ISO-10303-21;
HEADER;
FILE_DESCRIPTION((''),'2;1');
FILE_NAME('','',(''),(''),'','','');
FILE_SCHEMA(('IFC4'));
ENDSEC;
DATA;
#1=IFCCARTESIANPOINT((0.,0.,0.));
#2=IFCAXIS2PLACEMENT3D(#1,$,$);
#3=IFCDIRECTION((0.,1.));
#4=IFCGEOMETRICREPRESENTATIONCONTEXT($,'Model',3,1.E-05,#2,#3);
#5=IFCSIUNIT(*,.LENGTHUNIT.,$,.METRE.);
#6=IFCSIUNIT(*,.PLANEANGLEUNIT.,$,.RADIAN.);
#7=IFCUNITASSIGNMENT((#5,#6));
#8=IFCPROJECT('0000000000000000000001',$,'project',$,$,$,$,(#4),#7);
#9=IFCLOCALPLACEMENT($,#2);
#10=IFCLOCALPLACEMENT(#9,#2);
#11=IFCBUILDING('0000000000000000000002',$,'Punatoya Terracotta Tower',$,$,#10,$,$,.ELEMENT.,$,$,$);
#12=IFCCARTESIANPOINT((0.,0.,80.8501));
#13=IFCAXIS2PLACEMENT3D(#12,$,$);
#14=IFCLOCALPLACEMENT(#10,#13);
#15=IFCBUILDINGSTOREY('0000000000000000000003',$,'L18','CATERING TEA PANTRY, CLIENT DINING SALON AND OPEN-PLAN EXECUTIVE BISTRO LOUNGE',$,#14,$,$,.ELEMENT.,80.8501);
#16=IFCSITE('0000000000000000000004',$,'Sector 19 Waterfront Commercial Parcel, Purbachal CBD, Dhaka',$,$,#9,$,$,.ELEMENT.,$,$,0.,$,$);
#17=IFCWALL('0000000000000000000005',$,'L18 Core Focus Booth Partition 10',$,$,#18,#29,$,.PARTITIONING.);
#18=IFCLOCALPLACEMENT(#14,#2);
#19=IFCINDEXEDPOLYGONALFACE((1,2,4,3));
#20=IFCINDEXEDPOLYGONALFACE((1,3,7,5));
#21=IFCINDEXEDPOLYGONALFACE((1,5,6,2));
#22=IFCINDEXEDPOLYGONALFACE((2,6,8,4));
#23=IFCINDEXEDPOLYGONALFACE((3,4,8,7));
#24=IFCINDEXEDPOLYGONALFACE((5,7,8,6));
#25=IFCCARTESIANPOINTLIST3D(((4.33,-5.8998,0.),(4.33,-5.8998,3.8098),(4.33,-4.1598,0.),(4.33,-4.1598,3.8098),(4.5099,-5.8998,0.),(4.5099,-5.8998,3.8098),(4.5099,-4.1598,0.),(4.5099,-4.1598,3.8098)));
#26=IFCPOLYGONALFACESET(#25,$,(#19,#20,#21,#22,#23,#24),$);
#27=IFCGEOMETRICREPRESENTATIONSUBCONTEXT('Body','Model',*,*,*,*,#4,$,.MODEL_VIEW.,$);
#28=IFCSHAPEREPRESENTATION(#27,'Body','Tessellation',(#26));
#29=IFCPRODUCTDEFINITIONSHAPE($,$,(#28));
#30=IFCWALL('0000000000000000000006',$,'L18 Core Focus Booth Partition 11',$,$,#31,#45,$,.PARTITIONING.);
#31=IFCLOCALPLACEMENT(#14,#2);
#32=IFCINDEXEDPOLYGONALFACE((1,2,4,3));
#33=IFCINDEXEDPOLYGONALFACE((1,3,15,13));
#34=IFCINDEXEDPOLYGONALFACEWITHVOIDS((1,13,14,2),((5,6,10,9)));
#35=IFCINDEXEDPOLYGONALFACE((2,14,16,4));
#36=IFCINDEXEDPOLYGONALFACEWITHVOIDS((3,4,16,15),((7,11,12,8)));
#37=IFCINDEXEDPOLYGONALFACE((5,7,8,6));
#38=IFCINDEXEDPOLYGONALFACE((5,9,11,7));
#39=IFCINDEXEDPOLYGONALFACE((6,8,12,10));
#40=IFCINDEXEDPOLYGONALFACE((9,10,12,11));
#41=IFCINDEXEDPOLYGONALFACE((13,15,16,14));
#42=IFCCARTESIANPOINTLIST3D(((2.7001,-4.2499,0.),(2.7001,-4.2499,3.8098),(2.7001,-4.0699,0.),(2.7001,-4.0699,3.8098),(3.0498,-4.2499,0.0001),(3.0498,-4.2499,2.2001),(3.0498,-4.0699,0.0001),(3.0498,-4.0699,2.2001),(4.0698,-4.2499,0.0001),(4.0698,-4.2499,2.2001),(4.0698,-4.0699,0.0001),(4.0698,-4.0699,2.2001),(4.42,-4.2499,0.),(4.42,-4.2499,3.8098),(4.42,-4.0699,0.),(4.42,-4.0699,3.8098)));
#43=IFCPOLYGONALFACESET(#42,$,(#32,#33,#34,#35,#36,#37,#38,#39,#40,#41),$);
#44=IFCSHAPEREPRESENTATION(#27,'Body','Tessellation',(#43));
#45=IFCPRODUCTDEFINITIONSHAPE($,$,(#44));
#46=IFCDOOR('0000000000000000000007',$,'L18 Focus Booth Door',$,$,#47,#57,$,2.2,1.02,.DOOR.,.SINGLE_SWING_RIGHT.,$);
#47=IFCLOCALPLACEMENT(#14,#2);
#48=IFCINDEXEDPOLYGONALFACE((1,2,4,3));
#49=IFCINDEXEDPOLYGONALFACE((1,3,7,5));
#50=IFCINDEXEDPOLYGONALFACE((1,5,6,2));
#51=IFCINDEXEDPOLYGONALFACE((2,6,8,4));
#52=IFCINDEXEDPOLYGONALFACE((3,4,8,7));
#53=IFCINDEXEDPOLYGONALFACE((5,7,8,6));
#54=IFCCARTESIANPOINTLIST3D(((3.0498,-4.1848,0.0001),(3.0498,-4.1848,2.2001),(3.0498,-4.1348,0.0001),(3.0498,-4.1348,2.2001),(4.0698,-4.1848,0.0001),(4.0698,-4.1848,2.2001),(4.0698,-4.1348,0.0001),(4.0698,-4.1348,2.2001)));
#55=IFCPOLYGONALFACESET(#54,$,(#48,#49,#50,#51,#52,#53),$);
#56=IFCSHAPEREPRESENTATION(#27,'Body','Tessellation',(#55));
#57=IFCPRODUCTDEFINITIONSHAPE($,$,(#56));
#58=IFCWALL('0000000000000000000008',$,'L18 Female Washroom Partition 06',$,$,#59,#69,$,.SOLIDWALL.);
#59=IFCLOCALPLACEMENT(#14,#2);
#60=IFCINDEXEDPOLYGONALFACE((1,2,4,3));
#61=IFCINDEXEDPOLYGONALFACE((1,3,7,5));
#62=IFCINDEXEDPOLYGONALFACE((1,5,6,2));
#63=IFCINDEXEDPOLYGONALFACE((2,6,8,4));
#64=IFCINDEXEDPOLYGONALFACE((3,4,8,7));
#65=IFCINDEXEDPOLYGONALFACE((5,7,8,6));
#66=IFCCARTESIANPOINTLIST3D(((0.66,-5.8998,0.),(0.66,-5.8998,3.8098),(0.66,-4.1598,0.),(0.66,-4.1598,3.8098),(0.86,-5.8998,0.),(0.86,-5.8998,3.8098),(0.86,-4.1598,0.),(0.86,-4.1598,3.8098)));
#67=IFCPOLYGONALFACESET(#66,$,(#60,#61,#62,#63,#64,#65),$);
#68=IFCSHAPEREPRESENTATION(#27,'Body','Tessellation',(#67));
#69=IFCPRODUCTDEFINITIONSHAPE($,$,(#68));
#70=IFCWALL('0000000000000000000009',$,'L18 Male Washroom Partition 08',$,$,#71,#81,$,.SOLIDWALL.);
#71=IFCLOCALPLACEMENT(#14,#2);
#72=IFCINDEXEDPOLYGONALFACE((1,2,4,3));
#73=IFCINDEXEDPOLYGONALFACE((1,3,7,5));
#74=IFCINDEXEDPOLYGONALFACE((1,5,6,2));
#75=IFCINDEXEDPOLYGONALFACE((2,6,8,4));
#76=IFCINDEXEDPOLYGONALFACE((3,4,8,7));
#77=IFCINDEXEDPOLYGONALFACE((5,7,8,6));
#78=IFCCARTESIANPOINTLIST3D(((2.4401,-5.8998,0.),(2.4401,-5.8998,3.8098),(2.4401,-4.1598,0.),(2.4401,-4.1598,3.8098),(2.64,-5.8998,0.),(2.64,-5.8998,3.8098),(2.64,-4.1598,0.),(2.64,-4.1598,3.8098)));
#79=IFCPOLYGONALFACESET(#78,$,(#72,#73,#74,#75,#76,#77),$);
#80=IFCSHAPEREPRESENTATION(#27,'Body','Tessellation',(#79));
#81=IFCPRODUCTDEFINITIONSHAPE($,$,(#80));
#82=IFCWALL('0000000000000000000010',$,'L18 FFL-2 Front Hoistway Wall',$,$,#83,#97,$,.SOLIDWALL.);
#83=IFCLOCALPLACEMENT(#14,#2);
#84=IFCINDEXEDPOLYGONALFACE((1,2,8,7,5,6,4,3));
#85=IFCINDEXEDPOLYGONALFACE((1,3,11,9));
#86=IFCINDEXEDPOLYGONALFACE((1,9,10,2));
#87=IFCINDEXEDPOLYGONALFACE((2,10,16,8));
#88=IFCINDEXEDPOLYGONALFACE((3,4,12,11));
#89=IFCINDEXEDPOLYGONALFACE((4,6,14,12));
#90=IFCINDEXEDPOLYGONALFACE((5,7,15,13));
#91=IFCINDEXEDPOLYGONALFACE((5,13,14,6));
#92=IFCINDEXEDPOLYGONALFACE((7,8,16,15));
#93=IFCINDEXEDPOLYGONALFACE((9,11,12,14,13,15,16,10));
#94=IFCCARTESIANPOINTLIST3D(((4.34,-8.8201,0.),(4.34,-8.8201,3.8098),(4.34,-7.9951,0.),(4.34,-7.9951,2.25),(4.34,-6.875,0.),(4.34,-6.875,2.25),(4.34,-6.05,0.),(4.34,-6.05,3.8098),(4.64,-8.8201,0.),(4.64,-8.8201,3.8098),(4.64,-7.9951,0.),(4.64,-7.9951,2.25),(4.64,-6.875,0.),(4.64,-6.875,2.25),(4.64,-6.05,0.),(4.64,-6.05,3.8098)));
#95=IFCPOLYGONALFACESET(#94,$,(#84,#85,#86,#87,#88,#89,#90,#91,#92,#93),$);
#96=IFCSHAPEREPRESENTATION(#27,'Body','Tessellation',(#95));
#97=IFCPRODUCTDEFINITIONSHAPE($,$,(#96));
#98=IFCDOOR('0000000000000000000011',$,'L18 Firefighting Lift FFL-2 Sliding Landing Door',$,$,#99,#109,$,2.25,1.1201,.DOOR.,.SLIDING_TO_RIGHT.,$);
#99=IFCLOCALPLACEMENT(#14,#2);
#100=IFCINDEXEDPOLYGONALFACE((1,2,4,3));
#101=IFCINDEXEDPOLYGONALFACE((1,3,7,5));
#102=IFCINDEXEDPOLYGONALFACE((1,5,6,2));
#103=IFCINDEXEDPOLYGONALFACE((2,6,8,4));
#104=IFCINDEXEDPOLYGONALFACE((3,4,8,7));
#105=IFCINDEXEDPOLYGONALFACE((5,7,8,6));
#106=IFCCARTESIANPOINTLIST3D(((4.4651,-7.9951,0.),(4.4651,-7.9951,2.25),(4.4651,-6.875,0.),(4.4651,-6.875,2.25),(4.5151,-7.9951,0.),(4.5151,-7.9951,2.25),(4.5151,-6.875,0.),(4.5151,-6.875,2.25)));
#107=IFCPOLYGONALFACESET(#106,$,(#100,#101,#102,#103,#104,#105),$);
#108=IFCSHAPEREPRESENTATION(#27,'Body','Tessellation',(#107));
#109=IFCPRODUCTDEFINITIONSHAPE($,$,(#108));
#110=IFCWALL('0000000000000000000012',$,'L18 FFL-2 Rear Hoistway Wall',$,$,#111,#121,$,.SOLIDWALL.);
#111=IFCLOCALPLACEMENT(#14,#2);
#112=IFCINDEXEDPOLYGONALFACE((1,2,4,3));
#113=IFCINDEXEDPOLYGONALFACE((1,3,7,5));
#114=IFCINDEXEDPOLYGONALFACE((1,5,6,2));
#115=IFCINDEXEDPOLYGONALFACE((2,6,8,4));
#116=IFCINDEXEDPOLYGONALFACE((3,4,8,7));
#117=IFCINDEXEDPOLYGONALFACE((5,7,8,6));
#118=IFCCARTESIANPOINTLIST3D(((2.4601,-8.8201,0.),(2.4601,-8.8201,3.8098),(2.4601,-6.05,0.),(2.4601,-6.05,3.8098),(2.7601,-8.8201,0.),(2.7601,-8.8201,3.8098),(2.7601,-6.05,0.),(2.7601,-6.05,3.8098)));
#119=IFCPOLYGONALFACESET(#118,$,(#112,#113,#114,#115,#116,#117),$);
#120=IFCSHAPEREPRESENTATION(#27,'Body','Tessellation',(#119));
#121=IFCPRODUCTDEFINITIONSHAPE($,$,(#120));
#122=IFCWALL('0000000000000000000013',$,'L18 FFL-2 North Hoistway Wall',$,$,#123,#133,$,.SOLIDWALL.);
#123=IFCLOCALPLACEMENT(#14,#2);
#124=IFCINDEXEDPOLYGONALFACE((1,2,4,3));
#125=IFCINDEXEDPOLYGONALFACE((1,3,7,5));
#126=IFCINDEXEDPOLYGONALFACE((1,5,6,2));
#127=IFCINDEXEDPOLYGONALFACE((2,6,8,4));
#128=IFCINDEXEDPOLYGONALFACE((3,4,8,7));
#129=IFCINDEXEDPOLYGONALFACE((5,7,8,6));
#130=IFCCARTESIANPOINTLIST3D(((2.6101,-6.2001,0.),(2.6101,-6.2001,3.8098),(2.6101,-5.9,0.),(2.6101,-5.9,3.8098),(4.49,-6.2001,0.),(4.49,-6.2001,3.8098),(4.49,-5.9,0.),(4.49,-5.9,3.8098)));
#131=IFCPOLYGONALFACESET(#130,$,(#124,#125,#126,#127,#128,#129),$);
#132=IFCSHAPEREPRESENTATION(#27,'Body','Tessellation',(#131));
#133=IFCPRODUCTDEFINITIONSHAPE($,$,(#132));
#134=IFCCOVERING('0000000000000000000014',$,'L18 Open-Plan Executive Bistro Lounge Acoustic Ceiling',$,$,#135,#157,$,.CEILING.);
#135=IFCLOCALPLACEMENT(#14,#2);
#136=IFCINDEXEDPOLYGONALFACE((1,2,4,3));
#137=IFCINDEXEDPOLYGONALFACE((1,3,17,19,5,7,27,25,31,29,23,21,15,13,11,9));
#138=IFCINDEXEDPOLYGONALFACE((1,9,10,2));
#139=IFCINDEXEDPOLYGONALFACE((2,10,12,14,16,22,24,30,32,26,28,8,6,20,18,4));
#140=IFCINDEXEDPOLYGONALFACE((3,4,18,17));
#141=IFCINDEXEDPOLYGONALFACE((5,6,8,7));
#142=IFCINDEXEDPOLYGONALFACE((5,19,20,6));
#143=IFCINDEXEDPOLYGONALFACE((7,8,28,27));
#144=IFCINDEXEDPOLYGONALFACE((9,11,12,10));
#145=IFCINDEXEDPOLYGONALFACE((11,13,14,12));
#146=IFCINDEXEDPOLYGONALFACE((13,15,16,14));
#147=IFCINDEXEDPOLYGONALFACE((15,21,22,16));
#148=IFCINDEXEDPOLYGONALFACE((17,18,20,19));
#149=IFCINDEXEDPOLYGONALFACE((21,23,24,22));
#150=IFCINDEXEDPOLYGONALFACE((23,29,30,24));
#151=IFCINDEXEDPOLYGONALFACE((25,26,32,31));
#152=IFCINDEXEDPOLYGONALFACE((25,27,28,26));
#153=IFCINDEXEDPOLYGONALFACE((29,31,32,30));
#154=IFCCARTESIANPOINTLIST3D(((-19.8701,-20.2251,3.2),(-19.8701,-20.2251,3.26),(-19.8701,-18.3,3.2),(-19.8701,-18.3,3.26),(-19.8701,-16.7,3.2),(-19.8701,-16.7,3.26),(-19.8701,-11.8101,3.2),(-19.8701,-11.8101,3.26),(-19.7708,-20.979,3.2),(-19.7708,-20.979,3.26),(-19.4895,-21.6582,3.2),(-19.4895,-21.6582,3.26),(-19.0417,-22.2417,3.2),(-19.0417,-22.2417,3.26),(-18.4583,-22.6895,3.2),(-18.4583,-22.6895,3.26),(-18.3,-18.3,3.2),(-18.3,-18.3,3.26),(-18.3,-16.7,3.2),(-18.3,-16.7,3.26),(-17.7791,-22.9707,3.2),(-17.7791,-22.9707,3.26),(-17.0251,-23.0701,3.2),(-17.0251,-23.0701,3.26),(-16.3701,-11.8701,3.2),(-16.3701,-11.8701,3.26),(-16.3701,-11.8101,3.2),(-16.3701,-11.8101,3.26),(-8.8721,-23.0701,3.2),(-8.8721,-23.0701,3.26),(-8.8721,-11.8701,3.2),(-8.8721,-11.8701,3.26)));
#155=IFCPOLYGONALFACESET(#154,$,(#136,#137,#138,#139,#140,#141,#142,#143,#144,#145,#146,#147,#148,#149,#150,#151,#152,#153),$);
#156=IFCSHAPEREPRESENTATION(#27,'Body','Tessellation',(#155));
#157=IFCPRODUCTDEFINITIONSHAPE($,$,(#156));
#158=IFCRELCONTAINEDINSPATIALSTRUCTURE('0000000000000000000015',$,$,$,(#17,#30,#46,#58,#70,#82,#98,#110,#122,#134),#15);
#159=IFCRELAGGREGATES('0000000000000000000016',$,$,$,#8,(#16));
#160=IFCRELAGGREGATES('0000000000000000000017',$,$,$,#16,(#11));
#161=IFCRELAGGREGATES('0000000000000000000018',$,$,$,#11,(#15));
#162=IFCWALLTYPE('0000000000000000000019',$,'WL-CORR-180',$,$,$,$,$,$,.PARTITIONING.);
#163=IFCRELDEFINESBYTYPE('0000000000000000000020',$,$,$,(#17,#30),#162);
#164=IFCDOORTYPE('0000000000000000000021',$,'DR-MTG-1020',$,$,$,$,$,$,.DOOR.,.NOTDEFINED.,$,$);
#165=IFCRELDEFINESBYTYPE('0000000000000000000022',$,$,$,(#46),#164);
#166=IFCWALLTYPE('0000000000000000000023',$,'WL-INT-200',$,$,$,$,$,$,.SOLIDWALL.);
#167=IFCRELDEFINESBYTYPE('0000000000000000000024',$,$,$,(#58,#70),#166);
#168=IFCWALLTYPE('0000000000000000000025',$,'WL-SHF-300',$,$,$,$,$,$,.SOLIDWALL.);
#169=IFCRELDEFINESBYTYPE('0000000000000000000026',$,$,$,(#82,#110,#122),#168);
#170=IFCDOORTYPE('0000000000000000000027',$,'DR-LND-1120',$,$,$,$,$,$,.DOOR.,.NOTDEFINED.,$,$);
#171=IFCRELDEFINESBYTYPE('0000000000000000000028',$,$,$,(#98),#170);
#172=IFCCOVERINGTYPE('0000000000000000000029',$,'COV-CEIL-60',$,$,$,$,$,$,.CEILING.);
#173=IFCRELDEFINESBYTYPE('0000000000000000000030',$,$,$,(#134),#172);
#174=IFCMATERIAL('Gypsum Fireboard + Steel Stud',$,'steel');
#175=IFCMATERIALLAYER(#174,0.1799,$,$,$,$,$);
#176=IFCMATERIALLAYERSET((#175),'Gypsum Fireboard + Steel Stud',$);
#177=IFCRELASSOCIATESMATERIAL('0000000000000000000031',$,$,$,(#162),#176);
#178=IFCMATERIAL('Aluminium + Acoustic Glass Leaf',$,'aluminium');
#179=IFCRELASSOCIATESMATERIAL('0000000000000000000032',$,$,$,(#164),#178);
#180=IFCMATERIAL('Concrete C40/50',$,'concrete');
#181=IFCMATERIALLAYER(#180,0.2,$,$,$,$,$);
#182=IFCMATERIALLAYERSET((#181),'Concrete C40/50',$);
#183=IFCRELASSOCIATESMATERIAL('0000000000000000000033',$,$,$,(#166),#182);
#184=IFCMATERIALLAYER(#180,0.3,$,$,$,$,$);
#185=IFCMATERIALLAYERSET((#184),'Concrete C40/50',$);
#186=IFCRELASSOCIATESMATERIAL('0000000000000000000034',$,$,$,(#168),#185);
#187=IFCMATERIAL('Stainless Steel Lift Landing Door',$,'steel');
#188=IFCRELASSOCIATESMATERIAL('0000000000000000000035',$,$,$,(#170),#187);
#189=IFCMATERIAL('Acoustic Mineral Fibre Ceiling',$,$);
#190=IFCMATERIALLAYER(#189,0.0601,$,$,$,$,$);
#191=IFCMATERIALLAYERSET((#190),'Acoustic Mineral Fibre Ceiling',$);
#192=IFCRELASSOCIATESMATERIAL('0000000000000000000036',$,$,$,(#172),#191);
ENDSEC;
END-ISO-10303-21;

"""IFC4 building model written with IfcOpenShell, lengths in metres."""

from ifc_helpers import new_model, si_unit, direction, frame, frame_2d, origin, place, context, subcontext, project, spatial, polyline, rectangle, outline, extrude, material, layer, layer_set, type_object, element, fill, save


model = new_model("IFC4")

# Units and contexts
model_context = context("Model", 3, precision=1e-05, world=origin(), true_north=direction((0.0, 1.0)))
body_context = subcontext(model_context, "Body", "Model", "MODEL_VIEW")
ifc_project = project(units=[si_unit("LENGTHUNIT", "METRE"), si_unit("PLANEANGLEUNIT", "RADIAN")], contexts=[model_context])

# Site, building, storey
site_placement = place(None, origin())
site = spatial("IfcSite", under=ifc_project, at=site_placement, Name="Sector 19 Waterfront Commercial Parcel, Purbachal CBD, Dhaka", CompositionType="ELEMENT", RefElevation=0.0)
building_placement = place(site_placement, origin())
building = spatial("IfcBuilding", under=site, at=building_placement, Name="Punatoya Terracotta Tower", CompositionType="ELEMENT")
storey_placement = place(building_placement, frame((0.0, 0.0, 80.8501)))
storey = spatial("IfcBuildingStorey", under=building, at=storey_placement, Name="L18", Description="CATERING TEA PANTRY, CLIENT DINING SALON AND OPEN-PLAN EXECUTIVE BISTRO LOUNGE", CompositionType="ELEMENT", Elevation=80.8501)

# Wall
ifc_material_1 = material(Name="Gypsum Fireboard + Steel Stud", Category="steel")
ifc_layer_1 = layer(ifc_material_1, 0.1799)
ifc_layer_set_1 = layer_set([ifc_layer_1], Name="Gypsum Fireboard + Steel Stud")
wall_type_1 = type_object("IfcWallType", Name="WL-CORR-180", PredefinedType="PARTITIONING", material=ifc_layer_set_1)
wall_1_placement = place(storey_placement, frame((4.4199, -5.8999, 0.0), z_axis=(0.0, 0.0, 1.0), x_axis=(0.0, 1.0, 0.0)))
element("IfcWall", 1, at=wall_1_placement, inside=storey, type_object=wall_type_1, Name="L18 Core Focus Booth Partition 10", PredefinedType="PARTITIONING", context=body_context, shape_type="SweptSolid", body=[
    extrude(rectangle(XDim=1.74, YDim=0.1799, at=frame_2d((0.8701, 0.0))), origin(), (0.0, 0.0, 1.0), 3.8098),
])

# Wall, opening, door
wall_2_placement = place(storey_placement, frame((4.4199, -4.1599, 0.0), z_axis=(0.0, 0.0, 1.0), x_axis=(-1.0, 0.0, 0.0)))
wall_2 = element("IfcWall", 2, at=wall_2_placement, inside=storey, type_object=wall_type_1, Name="L18 Core Focus Booth Partition 11", PredefinedType="PARTITIONING", context=body_context, shape_type="SweptSolid", body=[
    extrude(rectangle(XDim=1.72, YDim=0.1799, at=frame_2d((0.8599, 0.0))), origin(), (0.0, 0.0, 1.0), 3.8098),
])
opening_1_placement = place(wall_2_placement, frame((0.3501, 0.0, 0.0)))
opening_1 = element("IfcOpeningElement", 3, at=opening_1_placement, cuts=wall_2, PredefinedType="OPENING", context=body_context, shape_type="SweptSolid", body=[
    extrude(rectangle(XDim=1.02, YDim=2.2, at=frame_2d((0.51, 1.1001))), frame((0.0, 0.0999, 0.0), z_axis=(0.0, -1.0, 0.0), x_axis=(1.0, 0.0, 0.0)), (0.0, 0.0, 1.0), 0.2),
])
ifc_material_2 = material(Name="Aluminium + Acoustic Glass Leaf", Category="aluminium")
door_type_1 = type_object("IfcDoorType", Name="DR-MTG-1020", OperationType="NOTDEFINED", PredefinedType="DOOR", material=ifc_material_2)
door_1_placement = place(opening_1_placement, origin())
door_1 = element("IfcDoor", 4, at=door_1_placement, inside=storey, type_object=door_type_1, Name="L18 Focus Booth Door", OperationType="SINGLE_SWING_RIGHT", OverallHeight=2.2, OverallWidth=1.02, PredefinedType="DOOR", context=body_context, shape_type="SweptSolid", body=[
    extrude(rectangle(XDim=1.02, YDim=2.2, at=frame_2d((0.51, 1.1001))), frame((0.0, 0.0249, 0.0), z_axis=(0.0, -1.0, 0.0), x_axis=(1.0, 0.0, 0.0)), (0.0, 0.0, 1.0), 0.05),
])
fill(opening_1, door_1)

# Wall
ifc_material_3 = material(Name="Concrete C40/50", Category="concrete")
ifc_layer_2 = layer(ifc_material_3, 0.2)
ifc_layer_set_2 = layer_set([ifc_layer_2], Name="Concrete C40/50")
wall_type_2 = type_object("IfcWallType", Name="WL-INT-200", PredefinedType="SOLIDWALL", material=ifc_layer_set_2)
wall_3_placement = place(storey_placement, frame((0.76, -5.8999, 0.0), z_axis=(0.0, 0.0, 1.0), x_axis=(0.0, 1.0, 0.0)))
element("IfcWall", 5, at=wall_3_placement, inside=storey, type_object=wall_type_2, Name="L18 Female Washroom Partition 06", PredefinedType="SOLIDWALL", context=body_context, shape_type="SweptSolid", body=[
    extrude(rectangle(XDim=1.74, YDim=0.2, at=frame_2d((0.8701, 0.0))), origin(), (0.0, 0.0, 1.0), 3.8098),
])

# Wall
wall_4_placement = place(storey_placement, frame((2.54, -5.8999, 0.0), z_axis=(0.0, 0.0, 1.0), x_axis=(0.0, 1.0, 0.0)))
element("IfcWall", 6, at=wall_4_placement, inside=storey, type_object=wall_type_2, Name="L18 Male Washroom Partition 08", PredefinedType="SOLIDWALL", context=body_context, shape_type="SweptSolid", body=[
    extrude(rectangle(XDim=1.74, YDim=0.2, at=frame_2d((0.8701, 0.0))), origin(), (0.0, 0.0, 1.0), 3.8098),
])

# Wall, opening, door
ifc_layer_3 = layer(ifc_material_3, 0.3)
ifc_layer_set_3 = layer_set([ifc_layer_3], Name="Concrete C40/50")
wall_type_3 = type_object("IfcWallType", Name="WL-SHF-300", PredefinedType="SOLIDWALL", material=ifc_layer_set_3)
wall_5_placement = place(storey_placement, frame((4.49, -8.8201, 0.0), z_axis=(0.0, 0.0, 1.0), x_axis=(0.0, 1.0, 0.0)))
wall_5 = element("IfcWall", 7, at=wall_5_placement, inside=storey, type_object=wall_type_3, Name="L18 FFL-2 Front Hoistway Wall", PredefinedType="SOLIDWALL", context=body_context, shape_type="SweptSolid", body=[
    extrude(rectangle(XDim=2.77, YDim=0.3, at=frame_2d((1.385, 0.0))), origin(), (0.0, 0.0, 1.0), 3.8098),
])
opening_2_placement = place(wall_5_placement, frame((0.825, 0.0, 0.0)))
opening_2 = element("IfcOpeningElement", 8, at=opening_2_placement, cuts=wall_5, PredefinedType="OPENING", context=body_context, shape_type="SweptSolid", body=[
    extrude(rectangle(XDim=1.1201, YDim=2.25, at=frame_2d((0.5601, 1.125))), frame((0.0, 0.1599, 0.0), z_axis=(0.0, -1.0, 0.0), x_axis=(1.0, 0.0, 0.0)), (0.0, 0.0, 1.0), 0.3201),
])
ifc_material_4 = material(Name="Stainless Steel Lift Landing Door", Category="steel")
door_type_2 = type_object("IfcDoorType", Name="DR-LND-1120", OperationType="NOTDEFINED", PredefinedType="DOOR", material=ifc_material_4)
door_2_placement = place(opening_2_placement, origin())
door_2 = element("IfcDoor", 9, at=door_2_placement, inside=storey, type_object=door_type_2, Name="L18 Firefighting Lift FFL-2 Sliding Landing Door", OperationType="SLIDING_TO_RIGHT", OverallHeight=2.25, OverallWidth=1.1201, PredefinedType="DOOR", context=body_context, shape_type="SweptSolid", body=[
    extrude(rectangle(XDim=1.1201, YDim=2.25, at=frame_2d((0.5601, 1.125))), frame((0.0, 0.0249, 0.0), z_axis=(0.0, -1.0, 0.0), x_axis=(1.0, 0.0, 0.0)), (0.0, 0.0, 1.0), 0.05),
])
fill(opening_2, door_2)

# Walls
wall_6_placement = place(storey_placement, frame((2.6101, -8.8201, 0.0), z_axis=(0.0, 0.0, 1.0), x_axis=(0.0, 1.0, 0.0)))
element("IfcWall", 10, at=wall_6_placement, inside=storey, type_object=wall_type_3, Name="L18 FFL-2 Rear Hoistway Wall", PredefinedType="SOLIDWALL", context=body_context, shape_type="SweptSolid", body=[
    extrude(rectangle(XDim=2.77, YDim=0.3, at=frame_2d((1.385, 0.0))), origin(), (0.0, 0.0, 1.0), 3.8098),
])
wall_7_placement = place(storey_placement, frame((2.6101, -6.05, 0.0), z_axis=(0.0, 0.0, 1.0), x_axis=(1.0, 0.0, 0.0)))
element("IfcWall", 11, at=wall_7_placement, inside=storey, type_object=wall_type_3, Name="L18 FFL-2 North Hoistway Wall", PredefinedType="SOLIDWALL", context=body_context, shape_type="SweptSolid", body=[
    extrude(rectangle(XDim=1.8799, YDim=0.3, at=frame_2d((0.9399, 0.0))), origin(), (0.0, 0.0, 1.0), 3.8098),
])

# Covering
ifc_material_5 = material(Name="Acoustic Mineral Fibre Ceiling")
ifc_layer_4 = layer(ifc_material_5, 0.0601)
ifc_layer_set_4 = layer_set([ifc_layer_4], Name="Acoustic Mineral Fibre Ceiling")
covering_type = type_object("IfcCoveringType", Name="COV-CEIL-60", PredefinedType="CEILING", material=ifc_layer_set_4)
covering_1_placement = place(storey_placement, frame((0.0, 0.0, 3.2)))
element("IfcCovering", 12, at=covering_1_placement, inside=storey, type_object=covering_type, Name="L18 Open-Plan Executive Bistro Lounge Acoustic Ceiling", PredefinedType="CEILING", context=body_context, shape_type="SweptSolid", body=[
    extrude(outline(polyline([(-19.8701, -18.3), (-19.8701, -20.2251), (-19.7708, -20.979), (-19.4895, -21.6582), (-19.0417, -22.2417), (-18.4583, -22.6895), (-17.7791, -22.9707), (-17.0251, -23.0701), (-8.8721, -23.0701), (-8.8721, -11.8701), (-16.3701, -11.8701), (-16.3701, -11.8101), (-19.8701, -11.8101), (-19.8701, -16.7), (-18.3, -16.7), (-18.3, -18.3), (-19.8701, -18.3)])), origin(), (0.0, 0.0, 1.0), 0.0601),
])

save(model, "model.ifc")
